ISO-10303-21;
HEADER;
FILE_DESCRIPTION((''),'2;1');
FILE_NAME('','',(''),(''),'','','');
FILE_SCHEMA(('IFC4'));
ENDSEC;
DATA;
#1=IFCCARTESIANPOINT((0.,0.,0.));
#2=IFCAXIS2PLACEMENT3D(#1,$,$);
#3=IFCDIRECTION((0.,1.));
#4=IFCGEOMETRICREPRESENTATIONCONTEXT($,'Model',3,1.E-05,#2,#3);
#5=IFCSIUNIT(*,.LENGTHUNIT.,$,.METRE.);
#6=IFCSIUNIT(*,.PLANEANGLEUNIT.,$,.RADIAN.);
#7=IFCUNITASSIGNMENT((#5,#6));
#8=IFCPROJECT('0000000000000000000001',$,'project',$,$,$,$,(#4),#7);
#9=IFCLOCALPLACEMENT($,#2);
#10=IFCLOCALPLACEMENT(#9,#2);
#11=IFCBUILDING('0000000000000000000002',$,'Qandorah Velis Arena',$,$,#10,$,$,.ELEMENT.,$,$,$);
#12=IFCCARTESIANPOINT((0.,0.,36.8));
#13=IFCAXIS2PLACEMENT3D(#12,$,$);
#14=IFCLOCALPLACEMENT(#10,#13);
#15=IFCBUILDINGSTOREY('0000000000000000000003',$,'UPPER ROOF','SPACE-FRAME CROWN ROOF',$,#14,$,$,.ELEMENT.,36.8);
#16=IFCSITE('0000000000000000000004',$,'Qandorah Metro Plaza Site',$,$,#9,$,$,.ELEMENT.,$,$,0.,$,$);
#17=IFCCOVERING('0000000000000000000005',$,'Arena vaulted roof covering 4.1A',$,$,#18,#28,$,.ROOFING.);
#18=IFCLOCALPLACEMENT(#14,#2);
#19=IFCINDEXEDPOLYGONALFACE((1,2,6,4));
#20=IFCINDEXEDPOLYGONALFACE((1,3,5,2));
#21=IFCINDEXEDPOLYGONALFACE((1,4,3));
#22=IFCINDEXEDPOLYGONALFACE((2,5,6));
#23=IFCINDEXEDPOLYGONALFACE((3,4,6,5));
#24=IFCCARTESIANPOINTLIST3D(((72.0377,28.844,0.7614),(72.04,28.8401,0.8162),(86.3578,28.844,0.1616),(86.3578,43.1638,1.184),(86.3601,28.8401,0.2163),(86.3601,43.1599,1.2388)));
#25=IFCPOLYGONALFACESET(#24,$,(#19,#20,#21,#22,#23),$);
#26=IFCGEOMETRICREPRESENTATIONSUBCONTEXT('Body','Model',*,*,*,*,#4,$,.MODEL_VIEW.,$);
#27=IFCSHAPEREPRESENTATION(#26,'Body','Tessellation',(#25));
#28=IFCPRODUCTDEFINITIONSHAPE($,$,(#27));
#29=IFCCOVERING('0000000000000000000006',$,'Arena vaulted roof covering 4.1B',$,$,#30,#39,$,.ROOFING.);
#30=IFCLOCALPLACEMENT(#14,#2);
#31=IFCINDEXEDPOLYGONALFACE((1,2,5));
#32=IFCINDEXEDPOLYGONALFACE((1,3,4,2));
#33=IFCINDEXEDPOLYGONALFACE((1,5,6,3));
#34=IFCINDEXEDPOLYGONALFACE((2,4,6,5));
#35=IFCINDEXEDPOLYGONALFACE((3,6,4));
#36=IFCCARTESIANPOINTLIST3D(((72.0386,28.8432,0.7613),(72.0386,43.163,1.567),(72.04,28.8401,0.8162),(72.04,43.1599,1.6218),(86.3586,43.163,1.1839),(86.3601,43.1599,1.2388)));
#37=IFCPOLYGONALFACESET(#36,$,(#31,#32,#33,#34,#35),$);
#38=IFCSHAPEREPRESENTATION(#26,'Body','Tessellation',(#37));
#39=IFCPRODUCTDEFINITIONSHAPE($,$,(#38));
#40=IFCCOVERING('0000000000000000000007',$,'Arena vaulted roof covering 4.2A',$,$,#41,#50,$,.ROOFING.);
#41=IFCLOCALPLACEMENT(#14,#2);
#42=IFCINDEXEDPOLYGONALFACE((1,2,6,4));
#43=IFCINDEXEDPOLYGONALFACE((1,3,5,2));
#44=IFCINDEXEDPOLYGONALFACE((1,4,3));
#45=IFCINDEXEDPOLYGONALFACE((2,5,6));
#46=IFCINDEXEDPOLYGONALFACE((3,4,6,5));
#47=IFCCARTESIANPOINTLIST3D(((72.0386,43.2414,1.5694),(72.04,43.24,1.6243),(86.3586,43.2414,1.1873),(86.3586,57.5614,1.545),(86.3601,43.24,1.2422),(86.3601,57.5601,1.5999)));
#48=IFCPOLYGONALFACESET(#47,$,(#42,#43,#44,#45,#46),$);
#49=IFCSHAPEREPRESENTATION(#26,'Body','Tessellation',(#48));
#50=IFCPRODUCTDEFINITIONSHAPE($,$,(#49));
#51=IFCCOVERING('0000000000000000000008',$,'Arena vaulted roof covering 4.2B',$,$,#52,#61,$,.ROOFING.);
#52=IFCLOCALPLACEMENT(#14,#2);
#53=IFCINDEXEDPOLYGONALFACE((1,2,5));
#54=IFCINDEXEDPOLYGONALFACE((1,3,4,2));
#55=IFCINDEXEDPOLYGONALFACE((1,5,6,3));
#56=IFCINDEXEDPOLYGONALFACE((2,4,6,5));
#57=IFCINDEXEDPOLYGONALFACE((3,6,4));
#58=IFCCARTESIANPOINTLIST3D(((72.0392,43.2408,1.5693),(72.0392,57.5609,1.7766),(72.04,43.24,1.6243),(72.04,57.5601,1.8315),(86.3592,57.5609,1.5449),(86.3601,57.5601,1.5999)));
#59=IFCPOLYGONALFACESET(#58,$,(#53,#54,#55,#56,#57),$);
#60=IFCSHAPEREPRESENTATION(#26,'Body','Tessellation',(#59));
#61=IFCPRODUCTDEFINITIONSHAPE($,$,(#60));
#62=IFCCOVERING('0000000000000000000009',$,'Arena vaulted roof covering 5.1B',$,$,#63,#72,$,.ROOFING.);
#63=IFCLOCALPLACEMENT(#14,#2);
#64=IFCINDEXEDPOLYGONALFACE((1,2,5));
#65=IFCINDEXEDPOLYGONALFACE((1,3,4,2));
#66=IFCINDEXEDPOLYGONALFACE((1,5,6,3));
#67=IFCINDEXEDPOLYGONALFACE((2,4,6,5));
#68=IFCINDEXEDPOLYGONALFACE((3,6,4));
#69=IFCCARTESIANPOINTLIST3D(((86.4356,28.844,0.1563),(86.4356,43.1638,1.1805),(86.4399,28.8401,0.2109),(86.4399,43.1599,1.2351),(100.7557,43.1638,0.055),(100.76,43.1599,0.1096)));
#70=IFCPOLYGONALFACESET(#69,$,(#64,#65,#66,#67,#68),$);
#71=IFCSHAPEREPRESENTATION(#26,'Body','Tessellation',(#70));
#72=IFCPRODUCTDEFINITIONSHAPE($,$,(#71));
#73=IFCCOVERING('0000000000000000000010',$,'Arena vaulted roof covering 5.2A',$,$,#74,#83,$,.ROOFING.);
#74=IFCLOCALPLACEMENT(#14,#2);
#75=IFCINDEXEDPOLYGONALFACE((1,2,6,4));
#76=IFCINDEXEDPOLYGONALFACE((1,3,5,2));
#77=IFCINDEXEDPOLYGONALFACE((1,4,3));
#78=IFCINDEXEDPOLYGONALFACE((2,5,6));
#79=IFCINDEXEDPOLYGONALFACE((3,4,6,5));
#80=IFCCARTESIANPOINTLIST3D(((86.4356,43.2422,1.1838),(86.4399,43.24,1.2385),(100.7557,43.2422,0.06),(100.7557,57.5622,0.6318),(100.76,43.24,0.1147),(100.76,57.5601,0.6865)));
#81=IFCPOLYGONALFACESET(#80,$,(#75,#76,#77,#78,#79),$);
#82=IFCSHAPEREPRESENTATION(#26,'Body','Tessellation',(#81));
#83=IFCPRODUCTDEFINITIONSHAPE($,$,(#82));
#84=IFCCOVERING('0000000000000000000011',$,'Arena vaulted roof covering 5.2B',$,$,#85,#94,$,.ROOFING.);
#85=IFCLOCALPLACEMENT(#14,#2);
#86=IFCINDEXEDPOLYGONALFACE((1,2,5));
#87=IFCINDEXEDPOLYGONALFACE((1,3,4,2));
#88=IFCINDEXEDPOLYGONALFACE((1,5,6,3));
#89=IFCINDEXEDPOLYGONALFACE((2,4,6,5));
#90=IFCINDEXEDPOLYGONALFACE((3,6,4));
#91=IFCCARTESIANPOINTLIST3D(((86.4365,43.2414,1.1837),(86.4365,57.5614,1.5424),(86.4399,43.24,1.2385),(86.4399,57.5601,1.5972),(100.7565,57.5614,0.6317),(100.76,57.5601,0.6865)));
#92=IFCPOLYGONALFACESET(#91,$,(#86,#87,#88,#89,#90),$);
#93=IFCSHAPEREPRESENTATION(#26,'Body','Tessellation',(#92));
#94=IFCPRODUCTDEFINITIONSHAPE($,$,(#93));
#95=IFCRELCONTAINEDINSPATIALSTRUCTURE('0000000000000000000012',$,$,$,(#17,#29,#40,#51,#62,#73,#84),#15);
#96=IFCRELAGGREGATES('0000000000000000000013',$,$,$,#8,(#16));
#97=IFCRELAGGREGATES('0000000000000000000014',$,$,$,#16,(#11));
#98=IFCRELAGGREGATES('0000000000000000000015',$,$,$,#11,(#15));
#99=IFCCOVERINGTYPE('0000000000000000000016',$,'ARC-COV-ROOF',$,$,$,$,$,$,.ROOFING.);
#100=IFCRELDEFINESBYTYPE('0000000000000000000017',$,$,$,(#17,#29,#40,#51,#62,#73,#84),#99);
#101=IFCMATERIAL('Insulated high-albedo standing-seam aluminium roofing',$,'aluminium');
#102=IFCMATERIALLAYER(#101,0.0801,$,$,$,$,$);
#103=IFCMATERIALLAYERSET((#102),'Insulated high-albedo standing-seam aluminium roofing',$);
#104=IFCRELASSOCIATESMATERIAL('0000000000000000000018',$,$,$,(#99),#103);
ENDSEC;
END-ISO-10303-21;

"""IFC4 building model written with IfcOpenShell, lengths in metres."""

from ifc_helpers import new_model, si_unit, direction, frame, origin, place, context, subcontext, project, spatial, polyline, outline, extrude, material, layer, layer_set, type_object, element, save


model = new_model("IFC4")

# Units and contexts
model_context = context("Model", 3, precision=1e-05, world=origin(), true_north=direction((0.0, 1.0)))
body_context = subcontext(model_context, "Body", "Model", "MODEL_VIEW")
ifc_project = project(units=[si_unit("LENGTHUNIT", "METRE"), si_unit("PLANEANGLEUNIT", "RADIAN")], contexts=[model_context])

# Site, building, storey
site_placement = place(None, origin())
site = spatial("IfcSite", under=ifc_project, at=site_placement, Name="Qandorah Metro Plaza Site", CompositionType="ELEMENT", RefElevation=0.0)
building_placement = place(site_placement, origin())
building = spatial("IfcBuilding", under=site, at=building_placement, Name="Qandorah Velis Arena", CompositionType="ELEMENT")
storey_placement = place(building_placement, frame((0.0, 0.0, 36.8)))
storey = spatial("IfcBuildingStorey", under=building, at=storey_placement, Name="UPPER ROOF", Description="SPACE-FRAME CROWN ROOF", CompositionType="ELEMENT", Elevation=36.8)

# Coverings
ifc_material_1 = material(Name="Insulated high-albedo standing-seam aluminium roofing", Category="aluminium")
ifc_layer_1 = layer(ifc_material_1, 0.0801)
ifc_layer_set_1 = layer_set([ifc_layer_1], Name="Insulated high-albedo standing-seam aluminium roofing")
covering_type = type_object("IfcCoveringType", Name="ARC-COV-ROOF", PredefinedType="ROOFING", material=ifc_layer_set_1)
covering_1_placement = place(storey_placement, frame((72.04, 28.8401, 0.8162), z_axis=(0.041746, -0.071158, 0.996591), x_axis=(0.999124, 0.0, -0.041852)))
element("IfcCovering", 1, at=covering_1_placement, inside=storey, type_object=covering_type, Name="Arena vaulted roof covering 4.1A", PredefinedType="ROOFING", context=body_context, shape_type="SweptSolid", body=[
    extrude(outline(polyline([(0.0, 0.0), (14.3326, 0.0), (14.2898, 14.3562), (0.0, 0.0)])), origin(), (0.0, 0.0, -1.0), 0.0549),
])
covering_2_placement = place(storey_placement, frame((72.04, 28.8401, 0.8162), z_axis=(0.026698, -0.056153, 0.998065), x_axis=(0.706959, 0.706947, 0.020863)))
element("IfcCovering", 2, at=covering_2_placement, inside=storey, type_object=covering_type, Name="Arena vaulted roof covering 4.1B", PredefinedType="ROOFING", context=body_context, shape_type="SweptSolid", body=[
    extrude(outline(polyline([(0.0, 0.0), (20.2559, 0.0), (10.1402, 10.1432), (0.0, 0.0)])), origin(), (0.0, 0.0, -1.0), 0.0549),
])
covering_3_placement = place(storey_placement, frame((72.04, 43.24, 1.6243), z_axis=(0.026664, -0.02496, 0.999333), x_axis=(0.999644, 0.0, -0.026672)))
element("IfcCovering", 3, at=covering_3_placement, inside=storey, type_object=covering_type, Name="Arena vaulted roof covering 4.2A", PredefinedType="ROOFING", context=body_context, shape_type="SweptSolid", body=[
    extrude(outline(polyline([(0.0, 0.0), (14.3252, 0.0), (14.3156, 14.3245), (0.0, 0.0)])), origin(), (0.0, 0.0, -1.0), 0.0549),
])
covering_4_placement = place(storey_placement, frame((72.04, 43.24, 1.6243), z_axis=(0.016176, -0.014471, 0.999764), x_axis=(0.707106, 0.707106, -0.001206)))
element("IfcCovering", 4, at=covering_4_placement, inside=storey, type_object=covering_type, Name="Arena vaulted roof covering 4.2B", PredefinedType="ROOFING", context=body_context, shape_type="SweptSolid", body=[
    extrude(outline(polyline([(0.0, 0.0), (20.2516, 0.0), (10.1256, 10.1282), (0.0, 0.0)])), origin(), (0.0, 0.0, -1.0), 0.0549),
])
covering_5_placement = place(storey_placement, frame((86.4399, 28.8401, 0.2109), z_axis=(0.078155, -0.071121, 0.994401), x_axis=(0.707104, 0.707092, -0.005003)))
element("IfcCovering", 5, at=covering_5_placement, inside=storey, type_object=covering_type, Name="Arena vaulted roof covering 5.1B", PredefinedType="ROOFING", context=body_context, shape_type="SweptSolid", body=[
    extrude(outline(polyline([(0.0, 0.0), (20.2517, 0.0), (10.1203, 10.1826), (0.0, 0.0)])), origin(), (0.0, 0.0, -1.0), 0.0549),
])
covering_6_placement = place(storey_placement, frame((86.4399, 43.24, 1.2385), z_axis=(0.078173, -0.039775, 0.996146), x_axis=(0.996935, 0.0, -0.078235)))
element("IfcCovering", 6, at=covering_6_placement, inside=storey, type_object=covering_type, Name="Arena vaulted roof covering 5.2A", PredefinedType="ROOFING", context=body_context, shape_type="SweptSolid", body=[
    extrude(outline(polyline([(0.0, 0.0), (14.3641, 0.0), (14.3194, 14.3314), (0.0, 0.0)])), origin(), (0.0, 0.0, -1.0), 0.0549),
])
covering_7_placement = place(storey_placement, frame((86.4399, 43.24, 1.2385), z_axis=(0.063444, -0.024986, 0.997673), x_axis=(0.706844, 0.706844, -0.027247)))
element("IfcCovering", 7, at=covering_7_placement, inside=storey, type_object=covering_type, Name="Arena vaulted roof covering 5.2B", PredefinedType="ROOFING", context=body_context, shape_type="SweptSolid", body=[
    extrude(outline(polyline([(0.0, 0.0), (20.2592, 0.0), (10.1123, 10.1457), (0.0, 0.0)])), origin(), (0.0, 0.0, -1.0), 0.0549),
])

save(model, "model.ifc")
